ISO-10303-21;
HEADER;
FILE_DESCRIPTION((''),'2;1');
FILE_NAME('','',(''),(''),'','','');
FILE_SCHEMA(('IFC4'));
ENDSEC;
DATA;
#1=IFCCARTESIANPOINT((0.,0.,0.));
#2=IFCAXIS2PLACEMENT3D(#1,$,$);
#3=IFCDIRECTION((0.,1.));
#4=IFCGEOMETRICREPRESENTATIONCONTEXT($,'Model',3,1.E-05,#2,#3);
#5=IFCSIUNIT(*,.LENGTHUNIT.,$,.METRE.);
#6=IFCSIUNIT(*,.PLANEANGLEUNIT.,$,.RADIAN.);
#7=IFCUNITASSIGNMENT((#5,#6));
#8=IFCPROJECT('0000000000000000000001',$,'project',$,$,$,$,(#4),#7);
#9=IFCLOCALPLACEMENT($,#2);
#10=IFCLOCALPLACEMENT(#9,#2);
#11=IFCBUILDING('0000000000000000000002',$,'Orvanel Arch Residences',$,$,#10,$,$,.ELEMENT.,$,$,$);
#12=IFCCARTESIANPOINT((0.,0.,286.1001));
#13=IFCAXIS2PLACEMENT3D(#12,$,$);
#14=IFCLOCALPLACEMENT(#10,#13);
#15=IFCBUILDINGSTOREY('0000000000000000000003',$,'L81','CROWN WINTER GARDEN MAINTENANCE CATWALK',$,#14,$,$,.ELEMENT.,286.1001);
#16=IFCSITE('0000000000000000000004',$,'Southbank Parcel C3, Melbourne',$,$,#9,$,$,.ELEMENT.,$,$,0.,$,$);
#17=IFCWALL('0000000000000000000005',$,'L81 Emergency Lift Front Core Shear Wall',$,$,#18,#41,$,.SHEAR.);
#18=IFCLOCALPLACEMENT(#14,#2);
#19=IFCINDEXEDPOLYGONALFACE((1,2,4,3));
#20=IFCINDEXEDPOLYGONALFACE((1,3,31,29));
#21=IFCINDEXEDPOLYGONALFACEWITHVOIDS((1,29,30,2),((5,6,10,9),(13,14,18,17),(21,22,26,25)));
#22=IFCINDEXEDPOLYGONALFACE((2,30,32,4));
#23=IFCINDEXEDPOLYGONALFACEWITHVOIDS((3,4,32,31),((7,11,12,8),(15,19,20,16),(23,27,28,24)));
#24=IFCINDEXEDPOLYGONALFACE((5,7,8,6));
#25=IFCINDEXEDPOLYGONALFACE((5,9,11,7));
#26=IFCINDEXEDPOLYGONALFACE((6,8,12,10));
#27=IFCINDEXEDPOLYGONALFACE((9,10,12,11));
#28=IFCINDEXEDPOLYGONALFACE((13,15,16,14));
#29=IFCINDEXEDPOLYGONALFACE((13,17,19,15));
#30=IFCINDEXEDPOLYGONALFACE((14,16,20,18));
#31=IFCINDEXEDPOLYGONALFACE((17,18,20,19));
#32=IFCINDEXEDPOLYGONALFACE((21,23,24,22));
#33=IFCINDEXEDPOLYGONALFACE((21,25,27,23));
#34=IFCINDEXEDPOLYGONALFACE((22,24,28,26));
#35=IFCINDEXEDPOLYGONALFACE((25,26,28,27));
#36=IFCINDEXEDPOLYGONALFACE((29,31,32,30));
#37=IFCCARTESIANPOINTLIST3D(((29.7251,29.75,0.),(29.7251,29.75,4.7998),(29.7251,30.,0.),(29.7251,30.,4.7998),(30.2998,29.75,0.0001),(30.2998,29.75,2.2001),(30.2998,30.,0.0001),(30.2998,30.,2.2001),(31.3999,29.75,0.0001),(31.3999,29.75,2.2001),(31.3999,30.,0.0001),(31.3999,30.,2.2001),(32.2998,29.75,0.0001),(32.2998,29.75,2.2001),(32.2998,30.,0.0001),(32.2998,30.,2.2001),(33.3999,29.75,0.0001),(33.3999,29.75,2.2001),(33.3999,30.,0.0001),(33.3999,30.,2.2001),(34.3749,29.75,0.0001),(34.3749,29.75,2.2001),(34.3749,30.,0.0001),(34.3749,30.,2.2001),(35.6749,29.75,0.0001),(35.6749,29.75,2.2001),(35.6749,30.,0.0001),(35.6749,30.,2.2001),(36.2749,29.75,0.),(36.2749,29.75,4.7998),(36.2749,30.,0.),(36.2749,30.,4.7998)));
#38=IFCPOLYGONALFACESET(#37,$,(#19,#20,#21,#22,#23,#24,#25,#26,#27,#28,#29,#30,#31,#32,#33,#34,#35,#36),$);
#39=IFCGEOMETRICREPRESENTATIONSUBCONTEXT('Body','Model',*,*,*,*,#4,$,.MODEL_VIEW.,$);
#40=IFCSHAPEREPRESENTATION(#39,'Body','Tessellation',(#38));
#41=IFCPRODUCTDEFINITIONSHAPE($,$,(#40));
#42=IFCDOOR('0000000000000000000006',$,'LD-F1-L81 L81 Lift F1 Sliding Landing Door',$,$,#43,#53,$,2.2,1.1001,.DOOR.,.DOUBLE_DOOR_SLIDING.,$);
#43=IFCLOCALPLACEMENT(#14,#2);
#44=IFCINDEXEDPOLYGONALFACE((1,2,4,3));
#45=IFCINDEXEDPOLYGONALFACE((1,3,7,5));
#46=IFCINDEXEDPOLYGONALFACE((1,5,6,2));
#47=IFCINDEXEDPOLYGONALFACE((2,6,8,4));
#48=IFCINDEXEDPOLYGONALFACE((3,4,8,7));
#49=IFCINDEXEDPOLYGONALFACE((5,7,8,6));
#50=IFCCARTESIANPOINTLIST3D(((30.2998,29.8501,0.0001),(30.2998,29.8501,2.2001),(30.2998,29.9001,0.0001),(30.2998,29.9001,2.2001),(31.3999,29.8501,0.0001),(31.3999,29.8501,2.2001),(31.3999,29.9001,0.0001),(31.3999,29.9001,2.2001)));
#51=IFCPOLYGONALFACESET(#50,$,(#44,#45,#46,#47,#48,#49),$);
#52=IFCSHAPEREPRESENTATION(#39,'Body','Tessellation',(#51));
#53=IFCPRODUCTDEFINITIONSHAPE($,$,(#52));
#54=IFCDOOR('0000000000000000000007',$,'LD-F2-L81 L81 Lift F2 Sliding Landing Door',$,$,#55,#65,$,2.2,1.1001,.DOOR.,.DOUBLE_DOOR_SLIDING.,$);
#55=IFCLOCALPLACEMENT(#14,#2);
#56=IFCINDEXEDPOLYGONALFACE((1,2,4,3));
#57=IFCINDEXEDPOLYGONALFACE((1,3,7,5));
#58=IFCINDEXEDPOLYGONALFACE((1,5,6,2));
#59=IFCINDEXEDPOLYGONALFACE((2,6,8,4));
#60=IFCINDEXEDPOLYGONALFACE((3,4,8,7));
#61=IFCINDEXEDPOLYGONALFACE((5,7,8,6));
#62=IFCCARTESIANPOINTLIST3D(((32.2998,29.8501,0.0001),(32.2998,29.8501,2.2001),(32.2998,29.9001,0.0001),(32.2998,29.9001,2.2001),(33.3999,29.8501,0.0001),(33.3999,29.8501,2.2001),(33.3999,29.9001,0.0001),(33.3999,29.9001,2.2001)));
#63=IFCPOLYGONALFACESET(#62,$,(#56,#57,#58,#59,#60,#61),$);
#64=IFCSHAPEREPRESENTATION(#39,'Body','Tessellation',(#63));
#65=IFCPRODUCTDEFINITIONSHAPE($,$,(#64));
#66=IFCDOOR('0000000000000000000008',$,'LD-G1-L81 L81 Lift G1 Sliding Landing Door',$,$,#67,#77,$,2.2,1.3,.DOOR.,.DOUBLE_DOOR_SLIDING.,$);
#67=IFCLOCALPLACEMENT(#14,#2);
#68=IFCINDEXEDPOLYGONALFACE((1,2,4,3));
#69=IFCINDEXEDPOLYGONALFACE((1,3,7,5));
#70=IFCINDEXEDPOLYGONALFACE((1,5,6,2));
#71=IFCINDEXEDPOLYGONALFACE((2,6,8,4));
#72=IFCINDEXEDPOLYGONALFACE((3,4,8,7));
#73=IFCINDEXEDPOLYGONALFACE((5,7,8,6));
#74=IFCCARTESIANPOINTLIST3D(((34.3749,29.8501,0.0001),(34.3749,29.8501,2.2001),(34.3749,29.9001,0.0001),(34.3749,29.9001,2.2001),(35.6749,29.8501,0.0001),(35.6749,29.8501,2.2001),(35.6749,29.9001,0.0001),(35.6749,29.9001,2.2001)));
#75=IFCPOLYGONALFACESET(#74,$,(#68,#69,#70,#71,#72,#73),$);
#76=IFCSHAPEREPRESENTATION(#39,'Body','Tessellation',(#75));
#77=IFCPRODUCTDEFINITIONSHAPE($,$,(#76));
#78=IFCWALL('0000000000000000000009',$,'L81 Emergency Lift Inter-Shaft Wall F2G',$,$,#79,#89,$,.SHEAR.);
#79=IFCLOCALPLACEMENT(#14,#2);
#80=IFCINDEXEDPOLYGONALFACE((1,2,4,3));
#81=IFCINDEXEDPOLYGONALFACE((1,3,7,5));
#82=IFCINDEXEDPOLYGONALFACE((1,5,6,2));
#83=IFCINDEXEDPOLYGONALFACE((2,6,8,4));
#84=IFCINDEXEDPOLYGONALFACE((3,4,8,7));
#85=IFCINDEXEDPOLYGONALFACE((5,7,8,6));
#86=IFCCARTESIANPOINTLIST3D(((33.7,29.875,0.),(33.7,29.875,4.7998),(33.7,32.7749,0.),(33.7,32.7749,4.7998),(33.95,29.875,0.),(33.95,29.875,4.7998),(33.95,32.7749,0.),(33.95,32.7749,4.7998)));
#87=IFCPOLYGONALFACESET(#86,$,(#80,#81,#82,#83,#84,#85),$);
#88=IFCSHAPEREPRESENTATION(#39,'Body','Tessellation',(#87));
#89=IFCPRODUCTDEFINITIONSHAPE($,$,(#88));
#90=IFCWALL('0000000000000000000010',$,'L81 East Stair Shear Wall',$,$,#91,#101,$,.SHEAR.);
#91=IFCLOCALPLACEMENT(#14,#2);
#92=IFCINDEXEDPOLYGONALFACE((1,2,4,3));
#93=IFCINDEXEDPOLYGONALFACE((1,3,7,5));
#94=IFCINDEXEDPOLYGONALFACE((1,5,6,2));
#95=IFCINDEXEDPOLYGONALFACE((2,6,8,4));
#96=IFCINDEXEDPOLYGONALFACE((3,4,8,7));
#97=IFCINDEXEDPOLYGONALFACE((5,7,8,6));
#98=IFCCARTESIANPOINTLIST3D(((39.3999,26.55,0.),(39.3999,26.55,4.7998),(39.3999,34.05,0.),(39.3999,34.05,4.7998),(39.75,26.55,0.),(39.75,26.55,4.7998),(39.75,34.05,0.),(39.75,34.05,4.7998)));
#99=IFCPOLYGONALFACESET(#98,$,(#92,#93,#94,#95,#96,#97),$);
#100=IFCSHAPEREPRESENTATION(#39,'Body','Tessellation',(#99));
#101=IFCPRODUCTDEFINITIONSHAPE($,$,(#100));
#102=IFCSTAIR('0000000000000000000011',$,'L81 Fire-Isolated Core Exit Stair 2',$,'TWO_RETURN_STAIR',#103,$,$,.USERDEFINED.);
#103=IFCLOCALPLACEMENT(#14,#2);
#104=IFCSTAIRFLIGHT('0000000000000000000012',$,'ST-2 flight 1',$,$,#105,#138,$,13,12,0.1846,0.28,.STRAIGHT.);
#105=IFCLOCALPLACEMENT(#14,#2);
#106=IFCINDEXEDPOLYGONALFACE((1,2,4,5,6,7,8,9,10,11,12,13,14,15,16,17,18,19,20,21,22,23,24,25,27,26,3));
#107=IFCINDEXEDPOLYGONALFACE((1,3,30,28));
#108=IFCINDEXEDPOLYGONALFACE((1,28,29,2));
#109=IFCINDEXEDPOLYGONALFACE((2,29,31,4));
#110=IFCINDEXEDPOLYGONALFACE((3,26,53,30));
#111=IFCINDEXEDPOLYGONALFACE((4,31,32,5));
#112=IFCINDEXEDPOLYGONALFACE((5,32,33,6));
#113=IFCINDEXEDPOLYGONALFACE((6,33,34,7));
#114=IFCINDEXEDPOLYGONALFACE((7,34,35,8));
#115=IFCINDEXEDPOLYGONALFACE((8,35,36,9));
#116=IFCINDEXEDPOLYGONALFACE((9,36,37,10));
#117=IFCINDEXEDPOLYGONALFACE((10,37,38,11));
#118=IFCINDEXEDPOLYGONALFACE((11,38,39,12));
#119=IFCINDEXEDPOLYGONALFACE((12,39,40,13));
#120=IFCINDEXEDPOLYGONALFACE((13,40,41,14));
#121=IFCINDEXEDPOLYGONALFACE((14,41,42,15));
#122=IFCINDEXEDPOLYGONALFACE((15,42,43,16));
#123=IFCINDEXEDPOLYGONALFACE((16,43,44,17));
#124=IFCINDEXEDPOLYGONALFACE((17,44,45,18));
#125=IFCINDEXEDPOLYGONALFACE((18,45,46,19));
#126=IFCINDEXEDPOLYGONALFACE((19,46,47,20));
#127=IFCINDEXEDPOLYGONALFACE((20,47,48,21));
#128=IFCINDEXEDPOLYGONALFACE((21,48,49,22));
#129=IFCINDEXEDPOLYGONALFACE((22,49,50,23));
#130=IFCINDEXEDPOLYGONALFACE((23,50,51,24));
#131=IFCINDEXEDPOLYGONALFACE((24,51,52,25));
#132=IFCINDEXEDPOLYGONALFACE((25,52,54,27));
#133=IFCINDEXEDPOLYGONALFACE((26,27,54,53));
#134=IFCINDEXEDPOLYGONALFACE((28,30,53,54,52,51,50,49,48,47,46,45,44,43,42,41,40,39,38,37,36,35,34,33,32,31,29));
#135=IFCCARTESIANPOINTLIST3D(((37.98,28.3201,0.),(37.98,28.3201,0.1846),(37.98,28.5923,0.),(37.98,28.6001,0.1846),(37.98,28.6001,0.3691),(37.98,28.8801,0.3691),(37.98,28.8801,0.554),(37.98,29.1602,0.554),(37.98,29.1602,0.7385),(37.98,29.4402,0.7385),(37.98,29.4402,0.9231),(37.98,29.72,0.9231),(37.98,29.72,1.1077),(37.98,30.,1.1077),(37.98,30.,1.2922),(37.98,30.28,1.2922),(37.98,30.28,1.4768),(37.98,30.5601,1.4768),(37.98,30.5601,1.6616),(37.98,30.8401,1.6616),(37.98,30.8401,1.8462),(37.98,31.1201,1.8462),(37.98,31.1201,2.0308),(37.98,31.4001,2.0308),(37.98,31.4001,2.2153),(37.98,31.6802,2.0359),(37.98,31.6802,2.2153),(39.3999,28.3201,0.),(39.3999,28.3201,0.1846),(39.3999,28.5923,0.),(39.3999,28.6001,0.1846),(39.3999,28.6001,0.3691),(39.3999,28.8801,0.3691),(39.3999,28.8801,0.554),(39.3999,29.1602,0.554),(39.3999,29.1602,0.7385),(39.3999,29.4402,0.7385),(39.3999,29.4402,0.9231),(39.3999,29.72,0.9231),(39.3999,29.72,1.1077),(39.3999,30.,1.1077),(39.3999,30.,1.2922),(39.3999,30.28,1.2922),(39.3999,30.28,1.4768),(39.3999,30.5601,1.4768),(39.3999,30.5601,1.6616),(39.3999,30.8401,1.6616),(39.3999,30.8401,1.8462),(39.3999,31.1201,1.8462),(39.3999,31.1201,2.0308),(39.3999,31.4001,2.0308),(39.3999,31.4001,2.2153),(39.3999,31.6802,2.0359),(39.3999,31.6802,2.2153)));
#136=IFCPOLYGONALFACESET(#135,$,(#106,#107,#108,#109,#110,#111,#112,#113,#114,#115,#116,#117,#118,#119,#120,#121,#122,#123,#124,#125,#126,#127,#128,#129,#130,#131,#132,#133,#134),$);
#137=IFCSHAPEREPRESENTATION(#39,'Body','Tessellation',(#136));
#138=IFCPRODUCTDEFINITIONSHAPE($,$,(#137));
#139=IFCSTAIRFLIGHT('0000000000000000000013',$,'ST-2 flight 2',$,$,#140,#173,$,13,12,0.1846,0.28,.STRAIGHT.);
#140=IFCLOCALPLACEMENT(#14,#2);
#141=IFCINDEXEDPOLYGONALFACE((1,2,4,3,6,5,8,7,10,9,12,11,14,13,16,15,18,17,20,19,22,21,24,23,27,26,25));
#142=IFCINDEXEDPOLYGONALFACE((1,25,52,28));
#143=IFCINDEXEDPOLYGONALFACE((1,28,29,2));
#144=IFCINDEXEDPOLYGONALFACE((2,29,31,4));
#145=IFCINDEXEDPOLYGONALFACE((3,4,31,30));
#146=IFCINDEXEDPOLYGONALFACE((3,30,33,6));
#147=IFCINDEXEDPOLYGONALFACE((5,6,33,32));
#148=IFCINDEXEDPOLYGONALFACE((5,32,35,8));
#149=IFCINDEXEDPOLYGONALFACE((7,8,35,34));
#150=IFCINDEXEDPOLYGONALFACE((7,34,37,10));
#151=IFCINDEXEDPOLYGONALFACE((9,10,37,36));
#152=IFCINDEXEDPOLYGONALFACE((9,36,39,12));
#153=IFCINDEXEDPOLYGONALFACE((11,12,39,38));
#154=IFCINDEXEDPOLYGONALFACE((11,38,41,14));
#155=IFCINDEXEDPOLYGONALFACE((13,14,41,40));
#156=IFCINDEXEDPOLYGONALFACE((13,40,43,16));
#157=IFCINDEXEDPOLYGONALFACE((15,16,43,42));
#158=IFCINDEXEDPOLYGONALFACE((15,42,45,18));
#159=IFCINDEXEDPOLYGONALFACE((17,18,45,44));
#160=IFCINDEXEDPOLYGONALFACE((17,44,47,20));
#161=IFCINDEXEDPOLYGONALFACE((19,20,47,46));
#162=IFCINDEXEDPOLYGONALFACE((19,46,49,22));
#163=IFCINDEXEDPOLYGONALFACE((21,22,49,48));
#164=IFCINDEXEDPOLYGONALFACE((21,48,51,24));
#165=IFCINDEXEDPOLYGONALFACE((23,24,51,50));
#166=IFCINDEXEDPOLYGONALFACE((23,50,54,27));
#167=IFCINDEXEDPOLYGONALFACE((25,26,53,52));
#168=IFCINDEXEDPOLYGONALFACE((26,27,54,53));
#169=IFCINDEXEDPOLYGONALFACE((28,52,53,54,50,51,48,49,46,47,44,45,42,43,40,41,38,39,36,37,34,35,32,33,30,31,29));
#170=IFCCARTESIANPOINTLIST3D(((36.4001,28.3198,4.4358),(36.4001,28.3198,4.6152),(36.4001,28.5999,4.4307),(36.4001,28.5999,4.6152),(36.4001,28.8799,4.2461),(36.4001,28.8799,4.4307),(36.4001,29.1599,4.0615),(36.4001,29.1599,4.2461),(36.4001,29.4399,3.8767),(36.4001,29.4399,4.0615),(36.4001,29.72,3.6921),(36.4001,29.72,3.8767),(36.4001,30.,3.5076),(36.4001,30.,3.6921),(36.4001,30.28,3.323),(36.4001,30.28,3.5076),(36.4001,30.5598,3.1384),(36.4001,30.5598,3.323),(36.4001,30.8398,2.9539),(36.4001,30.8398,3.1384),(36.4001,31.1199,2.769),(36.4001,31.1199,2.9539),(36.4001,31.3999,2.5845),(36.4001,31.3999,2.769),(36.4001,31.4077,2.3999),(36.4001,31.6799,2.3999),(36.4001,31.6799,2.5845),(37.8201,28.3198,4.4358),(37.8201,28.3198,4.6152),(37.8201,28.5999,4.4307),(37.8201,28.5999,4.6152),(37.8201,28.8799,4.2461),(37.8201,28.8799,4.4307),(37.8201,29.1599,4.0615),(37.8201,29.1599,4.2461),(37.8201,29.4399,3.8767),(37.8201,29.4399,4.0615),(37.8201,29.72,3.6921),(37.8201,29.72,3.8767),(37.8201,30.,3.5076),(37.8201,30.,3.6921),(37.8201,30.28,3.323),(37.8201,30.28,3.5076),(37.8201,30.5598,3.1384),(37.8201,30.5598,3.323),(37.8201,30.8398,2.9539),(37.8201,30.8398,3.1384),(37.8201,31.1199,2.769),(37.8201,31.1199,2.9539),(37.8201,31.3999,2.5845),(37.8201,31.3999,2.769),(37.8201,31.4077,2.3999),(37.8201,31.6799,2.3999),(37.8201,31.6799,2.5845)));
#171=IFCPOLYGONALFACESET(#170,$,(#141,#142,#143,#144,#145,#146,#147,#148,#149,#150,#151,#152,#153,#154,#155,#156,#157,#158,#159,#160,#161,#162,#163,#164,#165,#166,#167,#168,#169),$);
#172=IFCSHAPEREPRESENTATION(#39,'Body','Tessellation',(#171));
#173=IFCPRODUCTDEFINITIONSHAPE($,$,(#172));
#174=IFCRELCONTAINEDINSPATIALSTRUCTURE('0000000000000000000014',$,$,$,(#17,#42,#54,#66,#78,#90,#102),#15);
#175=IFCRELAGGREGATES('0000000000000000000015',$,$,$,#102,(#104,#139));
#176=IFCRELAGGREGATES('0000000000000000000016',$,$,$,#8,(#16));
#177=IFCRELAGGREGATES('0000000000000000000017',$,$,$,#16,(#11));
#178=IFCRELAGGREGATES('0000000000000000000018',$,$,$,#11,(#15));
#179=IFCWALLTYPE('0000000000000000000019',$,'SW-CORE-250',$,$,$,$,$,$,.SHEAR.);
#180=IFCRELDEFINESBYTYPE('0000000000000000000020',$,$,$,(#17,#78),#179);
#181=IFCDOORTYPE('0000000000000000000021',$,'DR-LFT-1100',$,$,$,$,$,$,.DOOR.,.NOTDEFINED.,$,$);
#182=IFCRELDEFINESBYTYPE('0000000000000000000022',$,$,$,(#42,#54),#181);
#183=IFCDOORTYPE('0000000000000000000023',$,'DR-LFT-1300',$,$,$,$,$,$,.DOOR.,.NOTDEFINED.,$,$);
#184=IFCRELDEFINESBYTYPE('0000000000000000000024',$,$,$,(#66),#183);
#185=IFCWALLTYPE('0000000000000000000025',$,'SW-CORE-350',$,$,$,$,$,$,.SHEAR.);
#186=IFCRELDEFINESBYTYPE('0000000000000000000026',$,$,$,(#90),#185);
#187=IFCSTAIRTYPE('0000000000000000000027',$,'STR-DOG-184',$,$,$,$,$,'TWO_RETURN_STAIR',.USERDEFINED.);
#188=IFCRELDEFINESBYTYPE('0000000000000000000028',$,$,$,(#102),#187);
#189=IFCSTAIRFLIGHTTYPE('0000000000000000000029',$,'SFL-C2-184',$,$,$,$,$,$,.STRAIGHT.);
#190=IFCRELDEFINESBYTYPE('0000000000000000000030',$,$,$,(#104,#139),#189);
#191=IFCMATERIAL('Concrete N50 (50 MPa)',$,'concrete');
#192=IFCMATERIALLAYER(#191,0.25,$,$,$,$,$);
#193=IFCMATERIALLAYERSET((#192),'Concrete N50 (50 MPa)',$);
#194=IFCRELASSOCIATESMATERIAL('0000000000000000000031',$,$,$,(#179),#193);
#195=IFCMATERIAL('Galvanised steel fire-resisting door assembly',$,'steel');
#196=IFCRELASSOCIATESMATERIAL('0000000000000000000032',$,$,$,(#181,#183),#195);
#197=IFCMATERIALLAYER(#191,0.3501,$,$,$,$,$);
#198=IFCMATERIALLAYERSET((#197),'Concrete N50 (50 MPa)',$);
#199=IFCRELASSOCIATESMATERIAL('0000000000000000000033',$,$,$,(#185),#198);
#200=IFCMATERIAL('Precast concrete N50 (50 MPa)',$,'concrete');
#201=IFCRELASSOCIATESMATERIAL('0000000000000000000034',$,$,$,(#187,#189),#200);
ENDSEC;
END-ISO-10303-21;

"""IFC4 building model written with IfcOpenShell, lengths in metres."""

from ifc_helpers import new_model, si_unit, direction, frame, frame_2d, origin, place, context, subcontext, project, spatial, polyline, rectangle, outline, extrude, material, layer, layer_set, type_object, element, fill, aggregate, save


model = new_model("IFC4")

# Units and contexts
model_context = context("Model", 3, precision=1e-05, world=origin(), true_north=direction((0.0, 1.0)))
body_context = subcontext(model_context, "Body", "Model", "MODEL_VIEW")
ifc_project = project(units=[si_unit("LENGTHUNIT", "METRE"), si_unit("PLANEANGLEUNIT", "RADIAN")], contexts=[model_context])

# Site, building, storey
site_placement = place(None, origin())
site = spatial("IfcSite", under=ifc_project, at=site_placement, Name="Southbank Parcel C3, Melbourne", CompositionType="ELEMENT", RefElevation=0.0)
building_placement = place(site_placement, origin())
building = spatial("IfcBuilding", under=site, at=building_placement, Name="Orvanel Arch Residences", CompositionType="ELEMENT")
storey_placement = place(building_placement, frame((0.0, 0.0, 286.1001)))
storey = spatial("IfcBuildingStorey", under=building, at=storey_placement, Name="L81", Description="CROWN WINTER GARDEN MAINTENANCE CATWALK", CompositionType="ELEMENT", Elevation=286.1001)

# Shared definitions
ifc_material_1 = material(Name="Concrete N50 (50 MPa)", Category="concrete")
ifc_layer_1 = layer(ifc_material_1, 0.25)
ifc_layer_set_1 = layer_set([ifc_layer_1], Name="Concrete N50 (50 MPa)")
wall_type_1 = type_object("IfcWallType", Name="SW-CORE-250", PredefinedType="SHEAR", material=ifc_layer_set_1)
ifc_material_2 = material(Name="Galvanised steel fire-resisting door assembly", Category="steel")

# Wall, openings, doors
wall_1_placement = place(storey_placement, frame((36.2749, 29.875, 0.0), z_axis=(0.0, 0.0, 1.0), x_axis=(-1.0, 0.0, 0.0)))
wall_1 = element("IfcWall", 1, at=wall_1_placement, inside=storey, type_object=wall_type_1, Name="L81 Emergency Lift Front Core Shear Wall", PredefinedType="SHEAR", context=body_context, shape_type="SweptSolid", body=[
    extrude(rectangle(XDim=6.5498, YDim=0.25, at=frame_2d((3.2749, 0.0))), origin(), (0.0, 0.0, 1.0), 4.7998),
])
opening_1_placement = place(wall_1_placement, frame((4.875, 0.0, 0.0)))
opening_1 = element("IfcOpeningElement", 2, at=opening_1_placement, cuts=wall_1, PredefinedType="OPENING", context=body_context, shape_type="SweptSolid", body=[
    extrude(rectangle(XDim=1.1001, YDim=2.2, at=frame_2d((0.55, 1.1001))), frame((0.0, 0.135, 0.0), z_axis=(0.0, -1.0, 0.0), x_axis=(1.0, 0.0, 0.0)), (0.0, 0.0, 1.0), 0.27),
])
opening_2_placement = place(wall_1_placement, frame((2.875, 0.0, 0.0)))
opening_2 = element("IfcOpeningElement", 3, at=opening_2_placement, cuts=wall_1, PredefinedType="OPENING", context=body_context, shape_type="SweptSolid", body=[
    extrude(rectangle(XDim=1.1001, YDim=2.2, at=frame_2d((0.55, 1.1001))), frame((0.0, 0.135, 0.0), z_axis=(0.0, -1.0, 0.0), x_axis=(1.0, 0.0, 0.0)), (0.0, 0.0, 1.0), 0.27),
])
opening_3_placement = place(wall_1_placement, frame((0.6001, 0.0, 0.0)))
opening_3 = element("IfcOpeningElement", 4, at=opening_3_placement, cuts=wall_1, PredefinedType="OPENING", context=body_context, shape_type="SweptSolid", body=[
    extrude(rectangle(XDim=1.3, YDim=2.2, at=frame_2d((0.6499, 1.1001))), frame((0.0, 0.135, 0.0), z_axis=(0.0, -1.0, 0.0), x_axis=(1.0, 0.0, 0.0)), (0.0, 0.0, 1.0), 0.27),
])
door_type_1 = type_object("IfcDoorType", Name="DR-LFT-1100", OperationType="NOTDEFINED", PredefinedType="DOOR", material=ifc_material_2)
door_1_placement = place(opening_1_placement, origin())
door_1 = element("IfcDoor", 5, at=door_1_placement, inside=storey, type_object=door_type_1, Name="LD-F1-L81 L81 Lift F1 Sliding Landing Door", OperationType="DOUBLE_DOOR_SLIDING", OverallHeight=2.2, OverallWidth=1.1001, PredefinedType="DOOR", context=body_context, shape_type="SweptSolid", body=[
    extrude(rectangle(XDim=1.1001, YDim=2.2, at=frame_2d((0.55, 1.1001))), frame((0.0, 0.0249, 0.0), z_axis=(0.0, -1.0, 0.0), x_axis=(1.0, 0.0, 0.0)), (0.0, 0.0, 1.0), 0.05),
])
fill(opening_1, door_1)
door_2_placement = place(opening_2_placement, origin())
door_2 = element("IfcDoor", 6, at=door_2_placement, inside=storey, type_object=door_type_1, Name="LD-F2-L81 L81 Lift F2 Sliding Landing Door", OperationType="DOUBLE_DOOR_SLIDING", OverallHeight=2.2, OverallWidth=1.1001, PredefinedType="DOOR", context=body_context, shape_type="SweptSolid", body=[
    extrude(rectangle(XDim=1.1001, YDim=2.2, at=frame_2d((0.55, 1.1001))), frame((0.0, 0.0249, 0.0), z_axis=(0.0, -1.0, 0.0), x_axis=(1.0, 0.0, 0.0)), (0.0, 0.0, 1.0), 0.05),
])
fill(opening_2, door_2)
door_type_2 = type_object("IfcDoorType", Name="DR-LFT-1300", OperationType="NOTDEFINED", PredefinedType="DOOR", material=ifc_material_2)
door_3_placement = place(opening_3_placement, origin())
door_3 = element("IfcDoor", 7, at=door_3_placement, inside=storey, type_object=door_type_2, Name="LD-G1-L81 L81 Lift G1 Sliding Landing Door", OperationType="DOUBLE_DOOR_SLIDING", OverallHeight=2.2, OverallWidth=1.3, PredefinedType="DOOR", context=body_context, shape_type="SweptSolid", body=[
    extrude(rectangle(XDim=1.3, YDim=2.2, at=frame_2d((0.6499, 1.1001))), frame((0.0, 0.0249, 0.0), z_axis=(0.0, -1.0, 0.0), x_axis=(1.0, 0.0, 0.0)), (0.0, 0.0, 1.0), 0.05),
])
fill(opening_3, door_3)

# Walls
wall_2_placement = place(storey_placement, frame((33.825, 29.875, 0.0), z_axis=(0.0, 0.0, 1.0), x_axis=(0.0, 1.0, 0.0)))
element("IfcWall", 8, at=wall_2_placement, inside=storey, type_object=wall_type_1, Name="L81 Emergency Lift Inter-Shaft Wall F2G", PredefinedType="SHEAR", context=body_context, shape_type="SweptSolid", body=[
    extrude(rectangle(XDim=2.8999, YDim=0.25, at=frame_2d((1.45, 0.0))), origin(), (0.0, 0.0, 1.0), 4.7998),
])
ifc_layer_2 = layer(ifc_material_1, 0.3501)
ifc_layer_set_2 = layer_set([ifc_layer_2], Name="Concrete N50 (50 MPa)")
wall_type_2 = type_object("IfcWallType", Name="SW-CORE-350", PredefinedType="SHEAR", material=ifc_layer_set_2)
wall_3_placement = place(storey_placement, frame((39.575, 26.55, 0.0), z_axis=(0.0, 0.0, 1.0), x_axis=(0.0, 1.0, 0.0)))
element("IfcWall", 9, at=wall_3_placement, inside=storey, type_object=wall_type_2, Name="L81 East Stair Shear Wall", PredefinedType="SHEAR", context=body_context, shape_type="SweptSolid", body=[
    extrude(rectangle(XDim=7.5, YDim=0.3501, at=frame_2d((3.75, 0.0))), origin(), (0.0, 0.0, 1.0), 4.7998),
])

# Stair, stair flights
ifc_material_3 = material(Name="Precast concrete N50 (50 MPa)", Category="concrete")
stair_type = type_object("IfcStairType", Name="STR-DOG-184", ElementType="TWO_RETURN_STAIR", PredefinedType="USERDEFINED", material=ifc_material_3)
stair_placement = place(storey_placement, origin())
stair = element("IfcStair", 10, at=stair_placement, inside=storey, type_object=stair_type, Name="L81 Fire-Isolated Core Exit Stair 2", ObjectType="TWO_RETURN_STAIR", PredefinedType="USERDEFINED")
stair_flight_type = type_object("IfcStairFlightType", Name="SFL-C2-184", PredefinedType="STRAIGHT", material=ifc_material_3)
stair_flight_1_placement = place(storey_placement, frame((38.6899, 28.3201, 0.0), z_axis=(0.0, 0.0, 1.0), x_axis=(0.0, 1.0, 0.0)))
stair_flight_1 = element("IfcStairFlight", 11, at=stair_flight_1_placement, type_object=stair_flight_type, Name="ST-2 flight 1", NumberOfRisers=13, NumberOfTreads=12, PredefinedType="STRAIGHT", RiserHeight=0.1846, TreadLength=0.28, context=body_context, shape_type="SweptSolid", body=[
    extrude(outline(polyline([(0.0, 0.0), (0.0, 0.1846), (0.28, 0.1846), (0.28, 0.3691), (0.5601, 0.3691), (0.5601, 0.554), (0.8401, 0.554), (0.8401, 0.7385), (1.1201, 0.7385), (1.1201, 0.9231), (1.3999, 0.9231), (1.3999, 1.1077), (1.6799, 1.1077), (1.6799, 1.2922), (1.96, 1.2922), (1.96, 1.4768), (2.24, 1.4768), (2.24, 1.6616), (2.52, 1.6616), (2.52, 1.8462), (2.8, 1.8462), (2.8, 2.0308), (3.0801, 2.0308), (3.0801, 2.2153), (3.3601, 2.2153), (3.3601, 2.3999), (3.3601, 2.0359), (0.2722, 0.0), (0.0, 0.0)])), frame((0.0, 0.71, 0.0), z_axis=(0.0, -1.0, 0.0), x_axis=(1.0, 0.0, 0.0)), (0.0, 0.0, 1.0), 1.4199),
])
stair_flight_2_placement = place(storey_placement, frame((37.1101, 31.6799, 2.3999), z_axis=(0.0, 0.0, 1.0), x_axis=(0.0, -1.0, 0.0)))
stair_flight_2 = element("IfcStairFlight", 12, at=stair_flight_2_placement, type_object=stair_flight_type, Name="ST-2 flight 2", NumberOfRisers=13, NumberOfTreads=12, PredefinedType="STRAIGHT", RiserHeight=0.1846, TreadLength=0.28, context=body_context, shape_type="SweptSolid", body=[
    extrude(outline(polyline([(0.0, 0.0), (0.0, 0.1846), (0.28, 0.1846), (0.28, 0.3691), (0.5601, 0.3691), (0.5601, 0.554), (0.8401, 0.554), (0.8401, 0.7385), (1.1201, 0.7385), (1.1201, 0.9231), (1.3999, 0.9231), (1.3999, 1.1077), (1.6799, 1.1077), (1.6799, 1.2922), (1.96, 1.2922), (1.96, 1.4768), (2.24, 1.4768), (2.24, 1.6616), (2.52, 1.6616), (2.52, 1.8462), (2.8, 1.8462), (2.8, 2.0308), (3.0801, 2.0308), (3.0801, 2.2153), (3.3601, 2.2153), (3.3601, 2.3999), (3.3601, 2.0359), (0.2722, 0.0), (0.0, 0.0)])), frame((0.0, 0.71, 0.0), z_axis=(0.0, -1.0, 0.0), x_axis=(1.0, 0.0, 0.0)), (0.0, 0.0, 1.0), 1.4199),
])
aggregate(stair, [stair_flight_1, stair_flight_2])

save(model, "model.ifc")
